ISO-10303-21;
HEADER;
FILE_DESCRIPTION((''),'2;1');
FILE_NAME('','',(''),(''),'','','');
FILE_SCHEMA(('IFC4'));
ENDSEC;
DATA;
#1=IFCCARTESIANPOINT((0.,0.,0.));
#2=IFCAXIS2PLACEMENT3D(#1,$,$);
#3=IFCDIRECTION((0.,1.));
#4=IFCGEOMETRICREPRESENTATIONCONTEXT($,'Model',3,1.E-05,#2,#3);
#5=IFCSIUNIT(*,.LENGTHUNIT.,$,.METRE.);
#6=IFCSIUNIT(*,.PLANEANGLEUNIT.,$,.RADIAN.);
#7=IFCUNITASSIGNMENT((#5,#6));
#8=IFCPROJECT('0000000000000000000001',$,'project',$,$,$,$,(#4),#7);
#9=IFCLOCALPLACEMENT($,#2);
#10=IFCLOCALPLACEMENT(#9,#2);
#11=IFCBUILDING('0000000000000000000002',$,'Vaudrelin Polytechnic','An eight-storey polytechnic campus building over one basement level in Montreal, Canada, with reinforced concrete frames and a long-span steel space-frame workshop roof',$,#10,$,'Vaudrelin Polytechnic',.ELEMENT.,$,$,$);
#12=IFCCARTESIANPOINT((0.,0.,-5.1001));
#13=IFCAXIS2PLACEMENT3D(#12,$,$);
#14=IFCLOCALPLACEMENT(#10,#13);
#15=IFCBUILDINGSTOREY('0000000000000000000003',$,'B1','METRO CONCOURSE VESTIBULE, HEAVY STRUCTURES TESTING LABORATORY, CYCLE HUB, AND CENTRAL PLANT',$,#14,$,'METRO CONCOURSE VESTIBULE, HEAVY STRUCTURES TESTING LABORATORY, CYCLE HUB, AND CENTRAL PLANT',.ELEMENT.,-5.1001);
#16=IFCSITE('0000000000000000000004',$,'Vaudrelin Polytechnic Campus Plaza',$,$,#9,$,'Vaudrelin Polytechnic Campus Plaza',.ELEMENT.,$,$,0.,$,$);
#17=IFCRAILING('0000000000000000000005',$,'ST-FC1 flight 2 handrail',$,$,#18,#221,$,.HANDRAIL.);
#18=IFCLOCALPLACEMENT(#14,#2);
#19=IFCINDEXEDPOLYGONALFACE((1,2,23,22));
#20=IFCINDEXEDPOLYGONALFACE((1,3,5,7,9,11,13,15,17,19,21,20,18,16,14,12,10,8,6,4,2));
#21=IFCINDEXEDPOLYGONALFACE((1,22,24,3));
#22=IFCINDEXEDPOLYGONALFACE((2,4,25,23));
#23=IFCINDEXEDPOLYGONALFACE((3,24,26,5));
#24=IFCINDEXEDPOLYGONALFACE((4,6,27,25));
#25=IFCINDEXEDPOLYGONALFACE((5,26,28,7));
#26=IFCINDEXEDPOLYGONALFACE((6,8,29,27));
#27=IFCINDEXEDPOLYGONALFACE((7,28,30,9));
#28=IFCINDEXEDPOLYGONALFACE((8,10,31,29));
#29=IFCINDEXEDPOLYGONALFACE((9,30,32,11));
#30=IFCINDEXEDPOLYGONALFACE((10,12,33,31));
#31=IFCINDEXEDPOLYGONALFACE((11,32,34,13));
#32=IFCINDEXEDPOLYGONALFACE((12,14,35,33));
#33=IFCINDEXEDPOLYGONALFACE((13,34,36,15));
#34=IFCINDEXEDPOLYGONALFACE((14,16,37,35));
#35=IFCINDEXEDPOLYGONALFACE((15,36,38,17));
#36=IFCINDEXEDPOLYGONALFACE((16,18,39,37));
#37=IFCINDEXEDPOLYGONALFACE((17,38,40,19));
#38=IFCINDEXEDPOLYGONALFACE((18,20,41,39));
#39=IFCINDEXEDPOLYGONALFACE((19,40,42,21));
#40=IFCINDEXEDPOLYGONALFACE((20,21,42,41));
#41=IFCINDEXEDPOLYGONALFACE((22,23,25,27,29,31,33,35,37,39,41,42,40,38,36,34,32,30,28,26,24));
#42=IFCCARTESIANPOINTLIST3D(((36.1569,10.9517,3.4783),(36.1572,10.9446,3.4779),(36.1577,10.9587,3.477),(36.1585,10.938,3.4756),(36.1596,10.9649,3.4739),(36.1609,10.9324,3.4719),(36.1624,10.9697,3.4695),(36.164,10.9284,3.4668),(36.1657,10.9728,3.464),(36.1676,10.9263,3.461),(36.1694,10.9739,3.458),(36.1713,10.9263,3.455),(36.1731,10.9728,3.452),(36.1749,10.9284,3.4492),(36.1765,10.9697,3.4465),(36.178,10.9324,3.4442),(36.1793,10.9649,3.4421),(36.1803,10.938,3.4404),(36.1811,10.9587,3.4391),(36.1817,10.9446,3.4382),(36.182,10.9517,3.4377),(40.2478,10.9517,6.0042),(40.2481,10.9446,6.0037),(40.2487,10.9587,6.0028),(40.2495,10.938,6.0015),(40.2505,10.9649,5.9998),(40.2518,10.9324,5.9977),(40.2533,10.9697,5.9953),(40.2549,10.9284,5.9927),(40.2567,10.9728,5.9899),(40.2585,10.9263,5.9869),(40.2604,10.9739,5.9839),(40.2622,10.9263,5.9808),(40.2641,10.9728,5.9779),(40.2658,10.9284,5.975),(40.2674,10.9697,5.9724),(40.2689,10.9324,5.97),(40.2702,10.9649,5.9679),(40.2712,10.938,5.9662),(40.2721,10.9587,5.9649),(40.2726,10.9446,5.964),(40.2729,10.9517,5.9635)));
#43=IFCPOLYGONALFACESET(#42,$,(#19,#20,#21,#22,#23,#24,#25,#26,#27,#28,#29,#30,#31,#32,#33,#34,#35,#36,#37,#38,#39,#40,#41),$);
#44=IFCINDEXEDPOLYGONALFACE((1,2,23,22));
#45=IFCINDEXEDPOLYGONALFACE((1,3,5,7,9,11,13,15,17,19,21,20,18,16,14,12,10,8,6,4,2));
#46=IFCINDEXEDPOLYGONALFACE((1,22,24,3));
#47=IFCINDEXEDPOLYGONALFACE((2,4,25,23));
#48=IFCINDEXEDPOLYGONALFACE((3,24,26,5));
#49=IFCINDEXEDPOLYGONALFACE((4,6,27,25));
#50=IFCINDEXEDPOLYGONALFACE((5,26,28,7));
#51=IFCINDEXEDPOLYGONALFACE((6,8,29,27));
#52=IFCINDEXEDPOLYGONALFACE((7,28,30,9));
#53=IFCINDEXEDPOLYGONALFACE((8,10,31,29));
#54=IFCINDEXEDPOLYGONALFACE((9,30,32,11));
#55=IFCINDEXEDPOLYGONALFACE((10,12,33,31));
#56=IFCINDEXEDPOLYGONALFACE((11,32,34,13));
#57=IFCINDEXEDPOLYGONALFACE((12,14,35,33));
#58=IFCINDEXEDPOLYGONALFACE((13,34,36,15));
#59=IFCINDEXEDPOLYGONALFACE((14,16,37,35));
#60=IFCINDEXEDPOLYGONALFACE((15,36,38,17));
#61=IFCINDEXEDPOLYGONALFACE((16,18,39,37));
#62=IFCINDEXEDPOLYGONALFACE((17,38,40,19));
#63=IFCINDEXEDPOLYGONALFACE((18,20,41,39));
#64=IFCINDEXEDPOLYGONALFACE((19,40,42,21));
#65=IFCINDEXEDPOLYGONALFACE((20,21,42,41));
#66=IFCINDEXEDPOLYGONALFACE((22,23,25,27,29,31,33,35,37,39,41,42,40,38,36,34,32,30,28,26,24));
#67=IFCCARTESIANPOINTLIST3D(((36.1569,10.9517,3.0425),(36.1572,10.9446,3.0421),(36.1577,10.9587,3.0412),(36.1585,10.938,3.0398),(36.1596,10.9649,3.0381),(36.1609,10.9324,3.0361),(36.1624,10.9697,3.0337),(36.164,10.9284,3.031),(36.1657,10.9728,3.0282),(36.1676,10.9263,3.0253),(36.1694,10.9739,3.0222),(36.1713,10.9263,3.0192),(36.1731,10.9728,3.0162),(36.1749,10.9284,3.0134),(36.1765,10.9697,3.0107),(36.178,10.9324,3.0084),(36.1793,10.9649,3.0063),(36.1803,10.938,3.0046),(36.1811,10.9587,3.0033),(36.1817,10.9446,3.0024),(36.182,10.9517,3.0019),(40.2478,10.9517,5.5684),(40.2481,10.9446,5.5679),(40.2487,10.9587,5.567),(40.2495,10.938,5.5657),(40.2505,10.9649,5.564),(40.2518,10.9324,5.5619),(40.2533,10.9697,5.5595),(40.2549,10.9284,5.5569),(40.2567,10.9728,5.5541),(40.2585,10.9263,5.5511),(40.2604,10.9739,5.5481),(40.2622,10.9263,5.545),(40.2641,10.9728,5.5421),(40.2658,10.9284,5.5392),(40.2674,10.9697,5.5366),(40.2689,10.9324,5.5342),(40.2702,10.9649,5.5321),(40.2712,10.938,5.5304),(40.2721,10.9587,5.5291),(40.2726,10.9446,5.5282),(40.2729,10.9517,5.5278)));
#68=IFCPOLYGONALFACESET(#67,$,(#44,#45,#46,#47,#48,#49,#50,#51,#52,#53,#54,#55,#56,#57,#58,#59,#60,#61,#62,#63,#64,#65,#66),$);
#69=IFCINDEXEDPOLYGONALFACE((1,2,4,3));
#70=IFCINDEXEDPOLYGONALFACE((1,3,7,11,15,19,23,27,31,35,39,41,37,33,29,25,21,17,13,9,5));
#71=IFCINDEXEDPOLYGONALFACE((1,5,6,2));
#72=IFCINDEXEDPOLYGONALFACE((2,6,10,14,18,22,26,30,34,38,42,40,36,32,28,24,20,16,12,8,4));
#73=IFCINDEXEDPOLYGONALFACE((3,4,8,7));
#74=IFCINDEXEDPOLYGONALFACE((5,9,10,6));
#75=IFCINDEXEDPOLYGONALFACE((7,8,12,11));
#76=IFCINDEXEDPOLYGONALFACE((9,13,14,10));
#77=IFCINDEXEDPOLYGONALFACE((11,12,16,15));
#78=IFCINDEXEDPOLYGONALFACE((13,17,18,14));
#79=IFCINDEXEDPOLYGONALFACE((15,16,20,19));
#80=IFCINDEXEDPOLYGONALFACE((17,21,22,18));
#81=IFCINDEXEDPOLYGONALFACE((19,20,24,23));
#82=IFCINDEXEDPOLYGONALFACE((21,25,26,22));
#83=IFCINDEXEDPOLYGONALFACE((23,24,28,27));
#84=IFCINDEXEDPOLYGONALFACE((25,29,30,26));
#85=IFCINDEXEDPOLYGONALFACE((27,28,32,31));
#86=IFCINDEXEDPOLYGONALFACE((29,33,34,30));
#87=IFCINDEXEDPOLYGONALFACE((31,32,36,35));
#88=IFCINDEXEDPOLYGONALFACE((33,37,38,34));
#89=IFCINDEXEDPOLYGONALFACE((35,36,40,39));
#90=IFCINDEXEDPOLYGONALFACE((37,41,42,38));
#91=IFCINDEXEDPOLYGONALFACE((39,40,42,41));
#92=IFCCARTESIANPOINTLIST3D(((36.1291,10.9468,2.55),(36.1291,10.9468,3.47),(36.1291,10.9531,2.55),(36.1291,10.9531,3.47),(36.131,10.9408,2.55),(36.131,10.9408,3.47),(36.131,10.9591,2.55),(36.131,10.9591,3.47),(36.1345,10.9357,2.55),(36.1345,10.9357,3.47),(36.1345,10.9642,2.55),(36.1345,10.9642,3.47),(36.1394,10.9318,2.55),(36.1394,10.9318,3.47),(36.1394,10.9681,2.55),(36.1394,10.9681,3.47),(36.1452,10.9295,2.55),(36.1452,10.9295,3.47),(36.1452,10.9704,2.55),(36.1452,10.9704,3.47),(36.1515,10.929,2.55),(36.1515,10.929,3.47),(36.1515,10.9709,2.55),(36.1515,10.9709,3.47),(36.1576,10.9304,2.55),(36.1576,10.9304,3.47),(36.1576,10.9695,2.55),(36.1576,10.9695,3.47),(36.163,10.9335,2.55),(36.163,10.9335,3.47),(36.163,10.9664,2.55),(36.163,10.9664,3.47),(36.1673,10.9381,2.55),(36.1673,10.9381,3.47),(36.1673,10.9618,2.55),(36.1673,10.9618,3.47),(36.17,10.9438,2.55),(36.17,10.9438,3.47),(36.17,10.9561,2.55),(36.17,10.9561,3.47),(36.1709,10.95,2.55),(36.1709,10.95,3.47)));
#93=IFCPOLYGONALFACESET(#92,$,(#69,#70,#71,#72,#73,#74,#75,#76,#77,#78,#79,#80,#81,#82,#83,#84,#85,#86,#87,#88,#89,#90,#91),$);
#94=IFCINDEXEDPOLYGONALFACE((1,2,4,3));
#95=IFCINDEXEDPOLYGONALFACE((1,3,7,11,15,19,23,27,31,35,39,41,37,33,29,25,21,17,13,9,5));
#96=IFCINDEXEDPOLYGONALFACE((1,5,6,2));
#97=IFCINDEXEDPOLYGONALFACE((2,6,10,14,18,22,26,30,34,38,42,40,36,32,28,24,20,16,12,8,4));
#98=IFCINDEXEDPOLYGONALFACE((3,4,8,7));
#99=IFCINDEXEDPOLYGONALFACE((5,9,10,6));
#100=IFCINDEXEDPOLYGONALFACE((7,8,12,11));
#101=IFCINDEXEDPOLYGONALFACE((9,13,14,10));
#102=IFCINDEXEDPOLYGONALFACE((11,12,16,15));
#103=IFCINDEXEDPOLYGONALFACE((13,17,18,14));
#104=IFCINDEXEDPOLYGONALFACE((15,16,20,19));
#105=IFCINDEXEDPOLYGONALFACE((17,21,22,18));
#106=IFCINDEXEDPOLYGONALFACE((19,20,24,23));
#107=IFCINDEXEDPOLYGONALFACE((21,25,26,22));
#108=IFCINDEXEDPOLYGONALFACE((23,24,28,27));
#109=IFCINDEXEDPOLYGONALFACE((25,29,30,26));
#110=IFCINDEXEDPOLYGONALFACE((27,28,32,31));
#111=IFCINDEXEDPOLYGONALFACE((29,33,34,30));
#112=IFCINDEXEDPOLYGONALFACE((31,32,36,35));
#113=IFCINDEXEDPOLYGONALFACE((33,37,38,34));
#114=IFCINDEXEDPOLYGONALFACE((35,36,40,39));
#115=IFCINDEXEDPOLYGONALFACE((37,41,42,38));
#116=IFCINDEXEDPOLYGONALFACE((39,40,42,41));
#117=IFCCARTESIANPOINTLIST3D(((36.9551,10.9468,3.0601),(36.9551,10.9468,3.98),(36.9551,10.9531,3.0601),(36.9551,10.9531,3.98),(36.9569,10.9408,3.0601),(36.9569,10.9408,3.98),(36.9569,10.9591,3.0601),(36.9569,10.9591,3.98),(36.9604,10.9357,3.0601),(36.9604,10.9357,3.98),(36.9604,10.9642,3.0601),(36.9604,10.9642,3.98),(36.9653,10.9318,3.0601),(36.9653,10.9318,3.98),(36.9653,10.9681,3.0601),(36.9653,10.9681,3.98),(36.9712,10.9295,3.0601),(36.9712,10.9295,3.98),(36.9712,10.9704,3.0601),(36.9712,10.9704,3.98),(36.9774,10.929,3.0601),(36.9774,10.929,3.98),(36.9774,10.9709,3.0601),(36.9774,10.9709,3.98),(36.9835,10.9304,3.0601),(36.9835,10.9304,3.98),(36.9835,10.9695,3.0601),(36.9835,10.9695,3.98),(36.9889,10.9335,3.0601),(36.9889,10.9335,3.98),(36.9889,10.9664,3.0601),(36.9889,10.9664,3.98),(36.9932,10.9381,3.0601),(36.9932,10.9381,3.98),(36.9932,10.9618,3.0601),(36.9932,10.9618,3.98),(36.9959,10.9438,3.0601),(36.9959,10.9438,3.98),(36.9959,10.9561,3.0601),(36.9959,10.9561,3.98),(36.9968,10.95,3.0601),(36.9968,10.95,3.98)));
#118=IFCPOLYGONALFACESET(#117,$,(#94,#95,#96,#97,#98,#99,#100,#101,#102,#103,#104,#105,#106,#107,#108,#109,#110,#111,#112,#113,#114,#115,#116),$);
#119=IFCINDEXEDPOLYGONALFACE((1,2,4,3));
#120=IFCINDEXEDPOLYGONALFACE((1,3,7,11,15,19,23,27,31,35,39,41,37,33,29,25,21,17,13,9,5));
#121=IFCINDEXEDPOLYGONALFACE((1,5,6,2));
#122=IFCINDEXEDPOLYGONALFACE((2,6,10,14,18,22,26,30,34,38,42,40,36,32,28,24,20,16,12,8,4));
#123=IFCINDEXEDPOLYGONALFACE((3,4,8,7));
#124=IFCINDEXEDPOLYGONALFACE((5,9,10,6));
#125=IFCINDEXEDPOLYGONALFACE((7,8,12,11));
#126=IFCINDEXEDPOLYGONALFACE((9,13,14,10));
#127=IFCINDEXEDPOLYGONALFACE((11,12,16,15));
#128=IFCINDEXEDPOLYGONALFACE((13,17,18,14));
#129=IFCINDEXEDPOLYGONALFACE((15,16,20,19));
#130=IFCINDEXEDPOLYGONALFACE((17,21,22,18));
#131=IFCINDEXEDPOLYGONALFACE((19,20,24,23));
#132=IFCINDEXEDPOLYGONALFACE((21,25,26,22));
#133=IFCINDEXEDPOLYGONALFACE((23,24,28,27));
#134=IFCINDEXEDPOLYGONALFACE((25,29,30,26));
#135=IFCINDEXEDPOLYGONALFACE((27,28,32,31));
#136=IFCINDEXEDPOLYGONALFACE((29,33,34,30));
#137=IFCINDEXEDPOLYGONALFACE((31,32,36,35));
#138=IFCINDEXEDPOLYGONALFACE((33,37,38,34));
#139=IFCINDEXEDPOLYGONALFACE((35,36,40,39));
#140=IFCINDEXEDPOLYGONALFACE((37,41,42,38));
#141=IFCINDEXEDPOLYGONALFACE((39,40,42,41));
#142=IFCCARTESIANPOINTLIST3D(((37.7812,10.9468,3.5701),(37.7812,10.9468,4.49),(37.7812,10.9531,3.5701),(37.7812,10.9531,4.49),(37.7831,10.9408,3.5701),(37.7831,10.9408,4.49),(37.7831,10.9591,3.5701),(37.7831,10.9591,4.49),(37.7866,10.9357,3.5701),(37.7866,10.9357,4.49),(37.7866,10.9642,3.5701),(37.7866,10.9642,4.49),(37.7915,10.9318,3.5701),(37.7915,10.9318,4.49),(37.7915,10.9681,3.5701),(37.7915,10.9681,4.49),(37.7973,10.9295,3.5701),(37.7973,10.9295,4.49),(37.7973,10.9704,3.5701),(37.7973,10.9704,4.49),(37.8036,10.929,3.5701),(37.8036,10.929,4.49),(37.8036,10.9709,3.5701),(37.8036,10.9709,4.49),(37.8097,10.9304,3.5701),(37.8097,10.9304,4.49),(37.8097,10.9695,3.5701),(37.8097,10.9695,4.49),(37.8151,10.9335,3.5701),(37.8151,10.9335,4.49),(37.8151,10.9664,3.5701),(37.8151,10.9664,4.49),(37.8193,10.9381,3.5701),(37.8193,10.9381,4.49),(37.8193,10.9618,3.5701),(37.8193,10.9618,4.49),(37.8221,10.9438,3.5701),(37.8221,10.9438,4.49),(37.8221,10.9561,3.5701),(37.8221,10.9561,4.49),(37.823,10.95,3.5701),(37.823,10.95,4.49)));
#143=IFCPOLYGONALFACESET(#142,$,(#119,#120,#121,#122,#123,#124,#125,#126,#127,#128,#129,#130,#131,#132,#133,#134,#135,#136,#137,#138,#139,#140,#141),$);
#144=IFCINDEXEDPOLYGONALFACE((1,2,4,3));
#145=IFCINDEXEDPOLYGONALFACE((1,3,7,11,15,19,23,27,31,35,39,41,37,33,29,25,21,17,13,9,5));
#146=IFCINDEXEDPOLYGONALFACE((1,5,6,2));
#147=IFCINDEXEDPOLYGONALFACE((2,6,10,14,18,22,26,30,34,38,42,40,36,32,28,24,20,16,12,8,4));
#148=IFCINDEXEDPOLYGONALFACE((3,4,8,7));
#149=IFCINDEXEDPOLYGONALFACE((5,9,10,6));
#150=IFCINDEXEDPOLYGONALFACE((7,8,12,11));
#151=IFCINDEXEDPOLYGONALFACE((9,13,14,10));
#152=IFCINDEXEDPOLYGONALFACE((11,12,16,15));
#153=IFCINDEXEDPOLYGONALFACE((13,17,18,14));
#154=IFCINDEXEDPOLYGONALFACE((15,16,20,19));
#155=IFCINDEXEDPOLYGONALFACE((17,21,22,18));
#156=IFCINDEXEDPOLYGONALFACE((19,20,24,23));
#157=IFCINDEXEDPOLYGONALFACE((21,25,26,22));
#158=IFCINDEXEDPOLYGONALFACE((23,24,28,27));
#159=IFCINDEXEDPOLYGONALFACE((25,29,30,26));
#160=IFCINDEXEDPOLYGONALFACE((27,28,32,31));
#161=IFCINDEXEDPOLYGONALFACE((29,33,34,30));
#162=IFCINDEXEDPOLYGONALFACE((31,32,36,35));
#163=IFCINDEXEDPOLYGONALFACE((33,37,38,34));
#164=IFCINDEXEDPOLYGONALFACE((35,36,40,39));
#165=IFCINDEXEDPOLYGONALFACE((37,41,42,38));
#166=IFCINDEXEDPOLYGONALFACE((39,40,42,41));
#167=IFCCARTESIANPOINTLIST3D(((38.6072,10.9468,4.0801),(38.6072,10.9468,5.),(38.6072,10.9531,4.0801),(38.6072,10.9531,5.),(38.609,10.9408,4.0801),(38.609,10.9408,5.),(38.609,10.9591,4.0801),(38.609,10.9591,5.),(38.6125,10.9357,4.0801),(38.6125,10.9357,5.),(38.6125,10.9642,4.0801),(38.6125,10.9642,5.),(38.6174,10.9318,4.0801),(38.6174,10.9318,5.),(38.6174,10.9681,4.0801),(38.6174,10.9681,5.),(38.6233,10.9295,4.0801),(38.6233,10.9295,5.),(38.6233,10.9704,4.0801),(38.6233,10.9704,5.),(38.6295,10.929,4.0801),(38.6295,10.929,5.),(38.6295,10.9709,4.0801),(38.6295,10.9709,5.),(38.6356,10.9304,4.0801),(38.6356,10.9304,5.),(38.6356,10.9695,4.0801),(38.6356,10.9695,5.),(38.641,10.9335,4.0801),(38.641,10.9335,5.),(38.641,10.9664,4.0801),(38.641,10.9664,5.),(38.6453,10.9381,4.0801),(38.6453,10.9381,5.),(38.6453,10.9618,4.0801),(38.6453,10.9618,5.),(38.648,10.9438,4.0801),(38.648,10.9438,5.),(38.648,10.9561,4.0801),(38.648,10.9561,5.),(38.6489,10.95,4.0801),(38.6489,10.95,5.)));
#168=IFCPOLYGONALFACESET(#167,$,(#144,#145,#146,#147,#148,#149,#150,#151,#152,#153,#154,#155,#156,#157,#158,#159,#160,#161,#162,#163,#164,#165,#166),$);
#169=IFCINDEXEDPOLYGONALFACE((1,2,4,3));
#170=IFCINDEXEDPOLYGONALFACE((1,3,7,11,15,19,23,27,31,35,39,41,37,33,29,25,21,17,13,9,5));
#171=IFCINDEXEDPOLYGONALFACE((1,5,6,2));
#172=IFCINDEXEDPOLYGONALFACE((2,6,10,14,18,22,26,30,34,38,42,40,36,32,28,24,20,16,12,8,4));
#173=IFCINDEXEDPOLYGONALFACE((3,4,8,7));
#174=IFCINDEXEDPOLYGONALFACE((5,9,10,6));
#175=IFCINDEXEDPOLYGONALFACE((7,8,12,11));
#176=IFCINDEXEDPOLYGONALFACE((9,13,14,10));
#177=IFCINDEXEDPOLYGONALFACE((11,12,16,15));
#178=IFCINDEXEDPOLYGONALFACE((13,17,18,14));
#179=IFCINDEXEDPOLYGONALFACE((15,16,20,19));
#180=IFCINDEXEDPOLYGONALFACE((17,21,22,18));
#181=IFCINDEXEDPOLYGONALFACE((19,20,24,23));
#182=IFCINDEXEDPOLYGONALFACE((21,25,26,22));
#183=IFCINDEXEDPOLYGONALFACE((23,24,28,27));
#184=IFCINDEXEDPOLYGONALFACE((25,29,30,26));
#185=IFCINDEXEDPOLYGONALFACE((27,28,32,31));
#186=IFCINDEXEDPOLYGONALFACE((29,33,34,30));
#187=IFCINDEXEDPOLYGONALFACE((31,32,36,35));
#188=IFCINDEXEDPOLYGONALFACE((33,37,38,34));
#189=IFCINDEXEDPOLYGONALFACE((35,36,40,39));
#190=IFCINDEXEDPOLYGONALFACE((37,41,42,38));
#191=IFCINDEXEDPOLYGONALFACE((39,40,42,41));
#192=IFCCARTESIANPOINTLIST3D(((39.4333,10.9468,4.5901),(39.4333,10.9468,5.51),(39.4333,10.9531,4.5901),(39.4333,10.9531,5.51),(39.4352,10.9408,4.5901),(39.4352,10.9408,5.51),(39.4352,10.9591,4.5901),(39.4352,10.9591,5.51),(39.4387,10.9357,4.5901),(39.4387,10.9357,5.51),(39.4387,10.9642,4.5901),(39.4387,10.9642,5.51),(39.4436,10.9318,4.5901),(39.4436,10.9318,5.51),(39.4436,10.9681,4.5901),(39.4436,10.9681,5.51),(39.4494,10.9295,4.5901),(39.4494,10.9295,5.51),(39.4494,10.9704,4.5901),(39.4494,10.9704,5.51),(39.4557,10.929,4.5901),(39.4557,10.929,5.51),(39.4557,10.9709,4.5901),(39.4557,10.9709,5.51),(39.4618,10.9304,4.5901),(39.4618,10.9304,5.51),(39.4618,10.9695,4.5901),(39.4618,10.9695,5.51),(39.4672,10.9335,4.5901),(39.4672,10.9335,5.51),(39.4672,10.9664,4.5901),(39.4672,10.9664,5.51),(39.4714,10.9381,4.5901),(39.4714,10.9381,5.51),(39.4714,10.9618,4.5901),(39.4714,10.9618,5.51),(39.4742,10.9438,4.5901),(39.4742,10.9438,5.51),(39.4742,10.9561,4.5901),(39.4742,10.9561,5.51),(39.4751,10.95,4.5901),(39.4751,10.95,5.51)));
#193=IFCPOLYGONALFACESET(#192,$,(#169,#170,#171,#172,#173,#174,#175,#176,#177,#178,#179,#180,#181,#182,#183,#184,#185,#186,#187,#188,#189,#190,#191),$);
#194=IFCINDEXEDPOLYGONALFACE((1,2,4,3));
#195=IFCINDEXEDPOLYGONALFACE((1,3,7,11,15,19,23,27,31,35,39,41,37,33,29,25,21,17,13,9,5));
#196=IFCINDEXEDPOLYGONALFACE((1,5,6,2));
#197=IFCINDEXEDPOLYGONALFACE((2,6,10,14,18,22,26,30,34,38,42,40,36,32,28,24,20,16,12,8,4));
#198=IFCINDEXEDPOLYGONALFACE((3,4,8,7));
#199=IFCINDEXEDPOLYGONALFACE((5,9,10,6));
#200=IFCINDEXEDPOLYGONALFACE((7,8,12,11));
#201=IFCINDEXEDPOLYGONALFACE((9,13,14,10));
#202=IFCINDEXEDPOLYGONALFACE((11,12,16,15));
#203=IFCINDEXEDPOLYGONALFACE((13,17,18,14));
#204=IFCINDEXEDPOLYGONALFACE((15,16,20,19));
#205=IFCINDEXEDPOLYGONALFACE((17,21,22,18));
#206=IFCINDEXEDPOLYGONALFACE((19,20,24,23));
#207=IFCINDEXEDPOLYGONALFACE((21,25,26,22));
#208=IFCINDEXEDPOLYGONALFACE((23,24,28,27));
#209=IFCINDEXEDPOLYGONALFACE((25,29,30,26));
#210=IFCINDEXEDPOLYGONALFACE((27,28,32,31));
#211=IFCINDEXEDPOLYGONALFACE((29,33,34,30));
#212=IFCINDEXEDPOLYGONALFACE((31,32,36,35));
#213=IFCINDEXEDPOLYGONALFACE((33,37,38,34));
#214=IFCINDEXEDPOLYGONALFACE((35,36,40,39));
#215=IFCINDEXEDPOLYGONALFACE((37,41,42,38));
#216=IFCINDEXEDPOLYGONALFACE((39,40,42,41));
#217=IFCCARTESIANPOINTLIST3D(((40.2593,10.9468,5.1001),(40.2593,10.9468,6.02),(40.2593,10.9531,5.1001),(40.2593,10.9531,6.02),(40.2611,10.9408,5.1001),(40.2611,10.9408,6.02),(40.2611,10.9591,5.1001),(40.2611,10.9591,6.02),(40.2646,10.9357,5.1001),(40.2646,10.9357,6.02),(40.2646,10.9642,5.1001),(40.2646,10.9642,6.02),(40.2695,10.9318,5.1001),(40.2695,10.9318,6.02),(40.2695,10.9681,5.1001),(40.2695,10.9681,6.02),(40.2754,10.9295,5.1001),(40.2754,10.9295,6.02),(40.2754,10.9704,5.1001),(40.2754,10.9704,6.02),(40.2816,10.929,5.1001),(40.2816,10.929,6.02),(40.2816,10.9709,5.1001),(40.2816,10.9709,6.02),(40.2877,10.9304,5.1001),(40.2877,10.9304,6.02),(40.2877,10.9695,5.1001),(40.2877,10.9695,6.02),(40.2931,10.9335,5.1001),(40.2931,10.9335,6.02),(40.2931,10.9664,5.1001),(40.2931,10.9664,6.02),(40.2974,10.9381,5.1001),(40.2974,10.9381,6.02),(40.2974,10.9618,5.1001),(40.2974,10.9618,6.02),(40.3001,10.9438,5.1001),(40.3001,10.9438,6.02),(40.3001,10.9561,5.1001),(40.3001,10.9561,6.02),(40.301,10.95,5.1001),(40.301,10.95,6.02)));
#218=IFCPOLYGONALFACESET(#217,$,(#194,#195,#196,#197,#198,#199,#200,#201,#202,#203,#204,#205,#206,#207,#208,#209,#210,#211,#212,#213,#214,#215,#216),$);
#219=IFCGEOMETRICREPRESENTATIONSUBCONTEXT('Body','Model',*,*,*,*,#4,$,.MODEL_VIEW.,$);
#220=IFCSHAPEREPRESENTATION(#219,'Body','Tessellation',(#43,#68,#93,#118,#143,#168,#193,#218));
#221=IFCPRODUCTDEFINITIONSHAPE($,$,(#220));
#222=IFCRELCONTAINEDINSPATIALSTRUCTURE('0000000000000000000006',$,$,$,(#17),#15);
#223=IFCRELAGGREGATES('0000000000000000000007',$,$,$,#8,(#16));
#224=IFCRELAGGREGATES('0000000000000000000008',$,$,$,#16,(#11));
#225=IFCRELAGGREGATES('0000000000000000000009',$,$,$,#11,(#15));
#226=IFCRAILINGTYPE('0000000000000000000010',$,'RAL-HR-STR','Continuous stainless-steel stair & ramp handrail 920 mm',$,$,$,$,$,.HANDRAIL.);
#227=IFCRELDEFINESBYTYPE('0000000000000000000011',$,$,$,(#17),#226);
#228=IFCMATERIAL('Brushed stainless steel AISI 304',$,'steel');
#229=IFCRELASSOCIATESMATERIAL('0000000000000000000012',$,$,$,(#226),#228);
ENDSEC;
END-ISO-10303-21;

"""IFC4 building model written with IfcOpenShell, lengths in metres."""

from ifc_helpers import new_model, si_unit, direction, frame, origin, origin_2d, place, context, subcontext, project, spatial, circle, extrude, material, type_object, element, save


model = new_model("IFC4")

# Units and contexts
model_context = context("Model", 3, precision=1e-05, world=origin(), true_north=direction((0.0, 1.0)))
body_context = subcontext(model_context, "Body", "Model", "MODEL_VIEW")
ifc_project = project(units=[si_unit("LENGTHUNIT", "METRE"), si_unit("PLANEANGLEUNIT", "RADIAN")], contexts=[model_context])

# Site, building, storey
site_placement = place(None, origin())
site = spatial("IfcSite", under=ifc_project, at=site_placement, Name="Vaudrelin Polytechnic Campus Plaza", LongName="Vaudrelin Polytechnic Campus Plaza", CompositionType="ELEMENT", RefElevation=0.0)
building_placement = place(site_placement, origin())
building = spatial("IfcBuilding", under=site, at=building_placement, Name="Vaudrelin Polytechnic", Description="An eight-storey polytechnic campus building over one basement level in Montreal, Canada, with reinforced concrete frames and a long-span steel space-frame workshop roof", LongName="Vaudrelin Polytechnic", CompositionType="ELEMENT")
storey_placement = place(building_placement, frame((0.0, 0.0, -5.1001)))
storey = spatial("IfcBuildingStorey", under=building, at=storey_placement, Name="B1", Description="METRO CONCOURSE VESTIBULE, HEAVY STRUCTURES TESTING LABORATORY, CYCLE HUB, AND CENTRAL PLANT", LongName="METRO CONCOURSE VESTIBULE, HEAVY STRUCTURES TESTING LABORATORY, CYCLE HUB, AND CENTRAL PLANT", CompositionType="ELEMENT", Elevation=-5.1001)

# Railing
ifc_material_1 = material(Name="Brushed stainless steel AISI 304", Category="steel")
railing_type = type_object("IfcRailingType", Name="RAL-HR-STR", Description="Continuous stainless-steel stair & ramp handrail 920 mm", PredefinedType="HANDRAIL", material=ifc_material_1)
railing_placement = place(storey_placement, frame((36.1499, 10.95, 2.55)))
element("IfcRailing", 1, at=railing_placement, inside=storey, type_object=railing_type, Name="ST-FC1 flight 2 handrail", PredefinedType="HANDRAIL", context=body_context, shape_type="SweptSolid", body=[
    extrude(circle(Radius=0.0239, at=origin_2d()), frame((0.0195, 0.0, 0.908), z_axis=(0.850882, 0.0, 0.525357), x_axis=(0.0, 1.0, 0.0)), (0.0, 0.0, 1.0), 4.8079),
    extrude(circle(Radius=0.0239, at=origin_2d()), frame((0.0195, 0.0, 0.4722), z_axis=(0.850882, 0.0, 0.525357), x_axis=(0.0, 1.0, 0.0)), (0.0, 0.0, 1.0), 4.8079),
    extrude(circle(Radius=0.021, at=origin_2d()), origin(), (0.0, 0.0, 1.0), 0.9199),
    extrude(circle(Radius=0.021, at=origin_2d()), frame((0.8259, 0.0, 0.51)), (0.0, 0.0, 1.0), 0.9199),
    extrude(circle(Radius=0.021, at=origin_2d()), frame((1.6521, 0.0, 1.02)), (0.0, 0.0, 1.0), 0.9199),
    extrude(circle(Radius=0.021, at=origin_2d()), frame((2.478, 0.0, 1.53)), (0.0, 0.0, 1.0), 0.9199),
    extrude(circle(Radius=0.021, at=origin_2d()), frame((3.3042, 0.0, 2.04)), (0.0, 0.0, 1.0), 0.9199),
    extrude(circle(Radius=0.021, at=origin_2d()), frame((4.1301, 0.0, 2.55)), (0.0, 0.0, 1.0), 0.9199),
])

save(model, "model.ifc")
